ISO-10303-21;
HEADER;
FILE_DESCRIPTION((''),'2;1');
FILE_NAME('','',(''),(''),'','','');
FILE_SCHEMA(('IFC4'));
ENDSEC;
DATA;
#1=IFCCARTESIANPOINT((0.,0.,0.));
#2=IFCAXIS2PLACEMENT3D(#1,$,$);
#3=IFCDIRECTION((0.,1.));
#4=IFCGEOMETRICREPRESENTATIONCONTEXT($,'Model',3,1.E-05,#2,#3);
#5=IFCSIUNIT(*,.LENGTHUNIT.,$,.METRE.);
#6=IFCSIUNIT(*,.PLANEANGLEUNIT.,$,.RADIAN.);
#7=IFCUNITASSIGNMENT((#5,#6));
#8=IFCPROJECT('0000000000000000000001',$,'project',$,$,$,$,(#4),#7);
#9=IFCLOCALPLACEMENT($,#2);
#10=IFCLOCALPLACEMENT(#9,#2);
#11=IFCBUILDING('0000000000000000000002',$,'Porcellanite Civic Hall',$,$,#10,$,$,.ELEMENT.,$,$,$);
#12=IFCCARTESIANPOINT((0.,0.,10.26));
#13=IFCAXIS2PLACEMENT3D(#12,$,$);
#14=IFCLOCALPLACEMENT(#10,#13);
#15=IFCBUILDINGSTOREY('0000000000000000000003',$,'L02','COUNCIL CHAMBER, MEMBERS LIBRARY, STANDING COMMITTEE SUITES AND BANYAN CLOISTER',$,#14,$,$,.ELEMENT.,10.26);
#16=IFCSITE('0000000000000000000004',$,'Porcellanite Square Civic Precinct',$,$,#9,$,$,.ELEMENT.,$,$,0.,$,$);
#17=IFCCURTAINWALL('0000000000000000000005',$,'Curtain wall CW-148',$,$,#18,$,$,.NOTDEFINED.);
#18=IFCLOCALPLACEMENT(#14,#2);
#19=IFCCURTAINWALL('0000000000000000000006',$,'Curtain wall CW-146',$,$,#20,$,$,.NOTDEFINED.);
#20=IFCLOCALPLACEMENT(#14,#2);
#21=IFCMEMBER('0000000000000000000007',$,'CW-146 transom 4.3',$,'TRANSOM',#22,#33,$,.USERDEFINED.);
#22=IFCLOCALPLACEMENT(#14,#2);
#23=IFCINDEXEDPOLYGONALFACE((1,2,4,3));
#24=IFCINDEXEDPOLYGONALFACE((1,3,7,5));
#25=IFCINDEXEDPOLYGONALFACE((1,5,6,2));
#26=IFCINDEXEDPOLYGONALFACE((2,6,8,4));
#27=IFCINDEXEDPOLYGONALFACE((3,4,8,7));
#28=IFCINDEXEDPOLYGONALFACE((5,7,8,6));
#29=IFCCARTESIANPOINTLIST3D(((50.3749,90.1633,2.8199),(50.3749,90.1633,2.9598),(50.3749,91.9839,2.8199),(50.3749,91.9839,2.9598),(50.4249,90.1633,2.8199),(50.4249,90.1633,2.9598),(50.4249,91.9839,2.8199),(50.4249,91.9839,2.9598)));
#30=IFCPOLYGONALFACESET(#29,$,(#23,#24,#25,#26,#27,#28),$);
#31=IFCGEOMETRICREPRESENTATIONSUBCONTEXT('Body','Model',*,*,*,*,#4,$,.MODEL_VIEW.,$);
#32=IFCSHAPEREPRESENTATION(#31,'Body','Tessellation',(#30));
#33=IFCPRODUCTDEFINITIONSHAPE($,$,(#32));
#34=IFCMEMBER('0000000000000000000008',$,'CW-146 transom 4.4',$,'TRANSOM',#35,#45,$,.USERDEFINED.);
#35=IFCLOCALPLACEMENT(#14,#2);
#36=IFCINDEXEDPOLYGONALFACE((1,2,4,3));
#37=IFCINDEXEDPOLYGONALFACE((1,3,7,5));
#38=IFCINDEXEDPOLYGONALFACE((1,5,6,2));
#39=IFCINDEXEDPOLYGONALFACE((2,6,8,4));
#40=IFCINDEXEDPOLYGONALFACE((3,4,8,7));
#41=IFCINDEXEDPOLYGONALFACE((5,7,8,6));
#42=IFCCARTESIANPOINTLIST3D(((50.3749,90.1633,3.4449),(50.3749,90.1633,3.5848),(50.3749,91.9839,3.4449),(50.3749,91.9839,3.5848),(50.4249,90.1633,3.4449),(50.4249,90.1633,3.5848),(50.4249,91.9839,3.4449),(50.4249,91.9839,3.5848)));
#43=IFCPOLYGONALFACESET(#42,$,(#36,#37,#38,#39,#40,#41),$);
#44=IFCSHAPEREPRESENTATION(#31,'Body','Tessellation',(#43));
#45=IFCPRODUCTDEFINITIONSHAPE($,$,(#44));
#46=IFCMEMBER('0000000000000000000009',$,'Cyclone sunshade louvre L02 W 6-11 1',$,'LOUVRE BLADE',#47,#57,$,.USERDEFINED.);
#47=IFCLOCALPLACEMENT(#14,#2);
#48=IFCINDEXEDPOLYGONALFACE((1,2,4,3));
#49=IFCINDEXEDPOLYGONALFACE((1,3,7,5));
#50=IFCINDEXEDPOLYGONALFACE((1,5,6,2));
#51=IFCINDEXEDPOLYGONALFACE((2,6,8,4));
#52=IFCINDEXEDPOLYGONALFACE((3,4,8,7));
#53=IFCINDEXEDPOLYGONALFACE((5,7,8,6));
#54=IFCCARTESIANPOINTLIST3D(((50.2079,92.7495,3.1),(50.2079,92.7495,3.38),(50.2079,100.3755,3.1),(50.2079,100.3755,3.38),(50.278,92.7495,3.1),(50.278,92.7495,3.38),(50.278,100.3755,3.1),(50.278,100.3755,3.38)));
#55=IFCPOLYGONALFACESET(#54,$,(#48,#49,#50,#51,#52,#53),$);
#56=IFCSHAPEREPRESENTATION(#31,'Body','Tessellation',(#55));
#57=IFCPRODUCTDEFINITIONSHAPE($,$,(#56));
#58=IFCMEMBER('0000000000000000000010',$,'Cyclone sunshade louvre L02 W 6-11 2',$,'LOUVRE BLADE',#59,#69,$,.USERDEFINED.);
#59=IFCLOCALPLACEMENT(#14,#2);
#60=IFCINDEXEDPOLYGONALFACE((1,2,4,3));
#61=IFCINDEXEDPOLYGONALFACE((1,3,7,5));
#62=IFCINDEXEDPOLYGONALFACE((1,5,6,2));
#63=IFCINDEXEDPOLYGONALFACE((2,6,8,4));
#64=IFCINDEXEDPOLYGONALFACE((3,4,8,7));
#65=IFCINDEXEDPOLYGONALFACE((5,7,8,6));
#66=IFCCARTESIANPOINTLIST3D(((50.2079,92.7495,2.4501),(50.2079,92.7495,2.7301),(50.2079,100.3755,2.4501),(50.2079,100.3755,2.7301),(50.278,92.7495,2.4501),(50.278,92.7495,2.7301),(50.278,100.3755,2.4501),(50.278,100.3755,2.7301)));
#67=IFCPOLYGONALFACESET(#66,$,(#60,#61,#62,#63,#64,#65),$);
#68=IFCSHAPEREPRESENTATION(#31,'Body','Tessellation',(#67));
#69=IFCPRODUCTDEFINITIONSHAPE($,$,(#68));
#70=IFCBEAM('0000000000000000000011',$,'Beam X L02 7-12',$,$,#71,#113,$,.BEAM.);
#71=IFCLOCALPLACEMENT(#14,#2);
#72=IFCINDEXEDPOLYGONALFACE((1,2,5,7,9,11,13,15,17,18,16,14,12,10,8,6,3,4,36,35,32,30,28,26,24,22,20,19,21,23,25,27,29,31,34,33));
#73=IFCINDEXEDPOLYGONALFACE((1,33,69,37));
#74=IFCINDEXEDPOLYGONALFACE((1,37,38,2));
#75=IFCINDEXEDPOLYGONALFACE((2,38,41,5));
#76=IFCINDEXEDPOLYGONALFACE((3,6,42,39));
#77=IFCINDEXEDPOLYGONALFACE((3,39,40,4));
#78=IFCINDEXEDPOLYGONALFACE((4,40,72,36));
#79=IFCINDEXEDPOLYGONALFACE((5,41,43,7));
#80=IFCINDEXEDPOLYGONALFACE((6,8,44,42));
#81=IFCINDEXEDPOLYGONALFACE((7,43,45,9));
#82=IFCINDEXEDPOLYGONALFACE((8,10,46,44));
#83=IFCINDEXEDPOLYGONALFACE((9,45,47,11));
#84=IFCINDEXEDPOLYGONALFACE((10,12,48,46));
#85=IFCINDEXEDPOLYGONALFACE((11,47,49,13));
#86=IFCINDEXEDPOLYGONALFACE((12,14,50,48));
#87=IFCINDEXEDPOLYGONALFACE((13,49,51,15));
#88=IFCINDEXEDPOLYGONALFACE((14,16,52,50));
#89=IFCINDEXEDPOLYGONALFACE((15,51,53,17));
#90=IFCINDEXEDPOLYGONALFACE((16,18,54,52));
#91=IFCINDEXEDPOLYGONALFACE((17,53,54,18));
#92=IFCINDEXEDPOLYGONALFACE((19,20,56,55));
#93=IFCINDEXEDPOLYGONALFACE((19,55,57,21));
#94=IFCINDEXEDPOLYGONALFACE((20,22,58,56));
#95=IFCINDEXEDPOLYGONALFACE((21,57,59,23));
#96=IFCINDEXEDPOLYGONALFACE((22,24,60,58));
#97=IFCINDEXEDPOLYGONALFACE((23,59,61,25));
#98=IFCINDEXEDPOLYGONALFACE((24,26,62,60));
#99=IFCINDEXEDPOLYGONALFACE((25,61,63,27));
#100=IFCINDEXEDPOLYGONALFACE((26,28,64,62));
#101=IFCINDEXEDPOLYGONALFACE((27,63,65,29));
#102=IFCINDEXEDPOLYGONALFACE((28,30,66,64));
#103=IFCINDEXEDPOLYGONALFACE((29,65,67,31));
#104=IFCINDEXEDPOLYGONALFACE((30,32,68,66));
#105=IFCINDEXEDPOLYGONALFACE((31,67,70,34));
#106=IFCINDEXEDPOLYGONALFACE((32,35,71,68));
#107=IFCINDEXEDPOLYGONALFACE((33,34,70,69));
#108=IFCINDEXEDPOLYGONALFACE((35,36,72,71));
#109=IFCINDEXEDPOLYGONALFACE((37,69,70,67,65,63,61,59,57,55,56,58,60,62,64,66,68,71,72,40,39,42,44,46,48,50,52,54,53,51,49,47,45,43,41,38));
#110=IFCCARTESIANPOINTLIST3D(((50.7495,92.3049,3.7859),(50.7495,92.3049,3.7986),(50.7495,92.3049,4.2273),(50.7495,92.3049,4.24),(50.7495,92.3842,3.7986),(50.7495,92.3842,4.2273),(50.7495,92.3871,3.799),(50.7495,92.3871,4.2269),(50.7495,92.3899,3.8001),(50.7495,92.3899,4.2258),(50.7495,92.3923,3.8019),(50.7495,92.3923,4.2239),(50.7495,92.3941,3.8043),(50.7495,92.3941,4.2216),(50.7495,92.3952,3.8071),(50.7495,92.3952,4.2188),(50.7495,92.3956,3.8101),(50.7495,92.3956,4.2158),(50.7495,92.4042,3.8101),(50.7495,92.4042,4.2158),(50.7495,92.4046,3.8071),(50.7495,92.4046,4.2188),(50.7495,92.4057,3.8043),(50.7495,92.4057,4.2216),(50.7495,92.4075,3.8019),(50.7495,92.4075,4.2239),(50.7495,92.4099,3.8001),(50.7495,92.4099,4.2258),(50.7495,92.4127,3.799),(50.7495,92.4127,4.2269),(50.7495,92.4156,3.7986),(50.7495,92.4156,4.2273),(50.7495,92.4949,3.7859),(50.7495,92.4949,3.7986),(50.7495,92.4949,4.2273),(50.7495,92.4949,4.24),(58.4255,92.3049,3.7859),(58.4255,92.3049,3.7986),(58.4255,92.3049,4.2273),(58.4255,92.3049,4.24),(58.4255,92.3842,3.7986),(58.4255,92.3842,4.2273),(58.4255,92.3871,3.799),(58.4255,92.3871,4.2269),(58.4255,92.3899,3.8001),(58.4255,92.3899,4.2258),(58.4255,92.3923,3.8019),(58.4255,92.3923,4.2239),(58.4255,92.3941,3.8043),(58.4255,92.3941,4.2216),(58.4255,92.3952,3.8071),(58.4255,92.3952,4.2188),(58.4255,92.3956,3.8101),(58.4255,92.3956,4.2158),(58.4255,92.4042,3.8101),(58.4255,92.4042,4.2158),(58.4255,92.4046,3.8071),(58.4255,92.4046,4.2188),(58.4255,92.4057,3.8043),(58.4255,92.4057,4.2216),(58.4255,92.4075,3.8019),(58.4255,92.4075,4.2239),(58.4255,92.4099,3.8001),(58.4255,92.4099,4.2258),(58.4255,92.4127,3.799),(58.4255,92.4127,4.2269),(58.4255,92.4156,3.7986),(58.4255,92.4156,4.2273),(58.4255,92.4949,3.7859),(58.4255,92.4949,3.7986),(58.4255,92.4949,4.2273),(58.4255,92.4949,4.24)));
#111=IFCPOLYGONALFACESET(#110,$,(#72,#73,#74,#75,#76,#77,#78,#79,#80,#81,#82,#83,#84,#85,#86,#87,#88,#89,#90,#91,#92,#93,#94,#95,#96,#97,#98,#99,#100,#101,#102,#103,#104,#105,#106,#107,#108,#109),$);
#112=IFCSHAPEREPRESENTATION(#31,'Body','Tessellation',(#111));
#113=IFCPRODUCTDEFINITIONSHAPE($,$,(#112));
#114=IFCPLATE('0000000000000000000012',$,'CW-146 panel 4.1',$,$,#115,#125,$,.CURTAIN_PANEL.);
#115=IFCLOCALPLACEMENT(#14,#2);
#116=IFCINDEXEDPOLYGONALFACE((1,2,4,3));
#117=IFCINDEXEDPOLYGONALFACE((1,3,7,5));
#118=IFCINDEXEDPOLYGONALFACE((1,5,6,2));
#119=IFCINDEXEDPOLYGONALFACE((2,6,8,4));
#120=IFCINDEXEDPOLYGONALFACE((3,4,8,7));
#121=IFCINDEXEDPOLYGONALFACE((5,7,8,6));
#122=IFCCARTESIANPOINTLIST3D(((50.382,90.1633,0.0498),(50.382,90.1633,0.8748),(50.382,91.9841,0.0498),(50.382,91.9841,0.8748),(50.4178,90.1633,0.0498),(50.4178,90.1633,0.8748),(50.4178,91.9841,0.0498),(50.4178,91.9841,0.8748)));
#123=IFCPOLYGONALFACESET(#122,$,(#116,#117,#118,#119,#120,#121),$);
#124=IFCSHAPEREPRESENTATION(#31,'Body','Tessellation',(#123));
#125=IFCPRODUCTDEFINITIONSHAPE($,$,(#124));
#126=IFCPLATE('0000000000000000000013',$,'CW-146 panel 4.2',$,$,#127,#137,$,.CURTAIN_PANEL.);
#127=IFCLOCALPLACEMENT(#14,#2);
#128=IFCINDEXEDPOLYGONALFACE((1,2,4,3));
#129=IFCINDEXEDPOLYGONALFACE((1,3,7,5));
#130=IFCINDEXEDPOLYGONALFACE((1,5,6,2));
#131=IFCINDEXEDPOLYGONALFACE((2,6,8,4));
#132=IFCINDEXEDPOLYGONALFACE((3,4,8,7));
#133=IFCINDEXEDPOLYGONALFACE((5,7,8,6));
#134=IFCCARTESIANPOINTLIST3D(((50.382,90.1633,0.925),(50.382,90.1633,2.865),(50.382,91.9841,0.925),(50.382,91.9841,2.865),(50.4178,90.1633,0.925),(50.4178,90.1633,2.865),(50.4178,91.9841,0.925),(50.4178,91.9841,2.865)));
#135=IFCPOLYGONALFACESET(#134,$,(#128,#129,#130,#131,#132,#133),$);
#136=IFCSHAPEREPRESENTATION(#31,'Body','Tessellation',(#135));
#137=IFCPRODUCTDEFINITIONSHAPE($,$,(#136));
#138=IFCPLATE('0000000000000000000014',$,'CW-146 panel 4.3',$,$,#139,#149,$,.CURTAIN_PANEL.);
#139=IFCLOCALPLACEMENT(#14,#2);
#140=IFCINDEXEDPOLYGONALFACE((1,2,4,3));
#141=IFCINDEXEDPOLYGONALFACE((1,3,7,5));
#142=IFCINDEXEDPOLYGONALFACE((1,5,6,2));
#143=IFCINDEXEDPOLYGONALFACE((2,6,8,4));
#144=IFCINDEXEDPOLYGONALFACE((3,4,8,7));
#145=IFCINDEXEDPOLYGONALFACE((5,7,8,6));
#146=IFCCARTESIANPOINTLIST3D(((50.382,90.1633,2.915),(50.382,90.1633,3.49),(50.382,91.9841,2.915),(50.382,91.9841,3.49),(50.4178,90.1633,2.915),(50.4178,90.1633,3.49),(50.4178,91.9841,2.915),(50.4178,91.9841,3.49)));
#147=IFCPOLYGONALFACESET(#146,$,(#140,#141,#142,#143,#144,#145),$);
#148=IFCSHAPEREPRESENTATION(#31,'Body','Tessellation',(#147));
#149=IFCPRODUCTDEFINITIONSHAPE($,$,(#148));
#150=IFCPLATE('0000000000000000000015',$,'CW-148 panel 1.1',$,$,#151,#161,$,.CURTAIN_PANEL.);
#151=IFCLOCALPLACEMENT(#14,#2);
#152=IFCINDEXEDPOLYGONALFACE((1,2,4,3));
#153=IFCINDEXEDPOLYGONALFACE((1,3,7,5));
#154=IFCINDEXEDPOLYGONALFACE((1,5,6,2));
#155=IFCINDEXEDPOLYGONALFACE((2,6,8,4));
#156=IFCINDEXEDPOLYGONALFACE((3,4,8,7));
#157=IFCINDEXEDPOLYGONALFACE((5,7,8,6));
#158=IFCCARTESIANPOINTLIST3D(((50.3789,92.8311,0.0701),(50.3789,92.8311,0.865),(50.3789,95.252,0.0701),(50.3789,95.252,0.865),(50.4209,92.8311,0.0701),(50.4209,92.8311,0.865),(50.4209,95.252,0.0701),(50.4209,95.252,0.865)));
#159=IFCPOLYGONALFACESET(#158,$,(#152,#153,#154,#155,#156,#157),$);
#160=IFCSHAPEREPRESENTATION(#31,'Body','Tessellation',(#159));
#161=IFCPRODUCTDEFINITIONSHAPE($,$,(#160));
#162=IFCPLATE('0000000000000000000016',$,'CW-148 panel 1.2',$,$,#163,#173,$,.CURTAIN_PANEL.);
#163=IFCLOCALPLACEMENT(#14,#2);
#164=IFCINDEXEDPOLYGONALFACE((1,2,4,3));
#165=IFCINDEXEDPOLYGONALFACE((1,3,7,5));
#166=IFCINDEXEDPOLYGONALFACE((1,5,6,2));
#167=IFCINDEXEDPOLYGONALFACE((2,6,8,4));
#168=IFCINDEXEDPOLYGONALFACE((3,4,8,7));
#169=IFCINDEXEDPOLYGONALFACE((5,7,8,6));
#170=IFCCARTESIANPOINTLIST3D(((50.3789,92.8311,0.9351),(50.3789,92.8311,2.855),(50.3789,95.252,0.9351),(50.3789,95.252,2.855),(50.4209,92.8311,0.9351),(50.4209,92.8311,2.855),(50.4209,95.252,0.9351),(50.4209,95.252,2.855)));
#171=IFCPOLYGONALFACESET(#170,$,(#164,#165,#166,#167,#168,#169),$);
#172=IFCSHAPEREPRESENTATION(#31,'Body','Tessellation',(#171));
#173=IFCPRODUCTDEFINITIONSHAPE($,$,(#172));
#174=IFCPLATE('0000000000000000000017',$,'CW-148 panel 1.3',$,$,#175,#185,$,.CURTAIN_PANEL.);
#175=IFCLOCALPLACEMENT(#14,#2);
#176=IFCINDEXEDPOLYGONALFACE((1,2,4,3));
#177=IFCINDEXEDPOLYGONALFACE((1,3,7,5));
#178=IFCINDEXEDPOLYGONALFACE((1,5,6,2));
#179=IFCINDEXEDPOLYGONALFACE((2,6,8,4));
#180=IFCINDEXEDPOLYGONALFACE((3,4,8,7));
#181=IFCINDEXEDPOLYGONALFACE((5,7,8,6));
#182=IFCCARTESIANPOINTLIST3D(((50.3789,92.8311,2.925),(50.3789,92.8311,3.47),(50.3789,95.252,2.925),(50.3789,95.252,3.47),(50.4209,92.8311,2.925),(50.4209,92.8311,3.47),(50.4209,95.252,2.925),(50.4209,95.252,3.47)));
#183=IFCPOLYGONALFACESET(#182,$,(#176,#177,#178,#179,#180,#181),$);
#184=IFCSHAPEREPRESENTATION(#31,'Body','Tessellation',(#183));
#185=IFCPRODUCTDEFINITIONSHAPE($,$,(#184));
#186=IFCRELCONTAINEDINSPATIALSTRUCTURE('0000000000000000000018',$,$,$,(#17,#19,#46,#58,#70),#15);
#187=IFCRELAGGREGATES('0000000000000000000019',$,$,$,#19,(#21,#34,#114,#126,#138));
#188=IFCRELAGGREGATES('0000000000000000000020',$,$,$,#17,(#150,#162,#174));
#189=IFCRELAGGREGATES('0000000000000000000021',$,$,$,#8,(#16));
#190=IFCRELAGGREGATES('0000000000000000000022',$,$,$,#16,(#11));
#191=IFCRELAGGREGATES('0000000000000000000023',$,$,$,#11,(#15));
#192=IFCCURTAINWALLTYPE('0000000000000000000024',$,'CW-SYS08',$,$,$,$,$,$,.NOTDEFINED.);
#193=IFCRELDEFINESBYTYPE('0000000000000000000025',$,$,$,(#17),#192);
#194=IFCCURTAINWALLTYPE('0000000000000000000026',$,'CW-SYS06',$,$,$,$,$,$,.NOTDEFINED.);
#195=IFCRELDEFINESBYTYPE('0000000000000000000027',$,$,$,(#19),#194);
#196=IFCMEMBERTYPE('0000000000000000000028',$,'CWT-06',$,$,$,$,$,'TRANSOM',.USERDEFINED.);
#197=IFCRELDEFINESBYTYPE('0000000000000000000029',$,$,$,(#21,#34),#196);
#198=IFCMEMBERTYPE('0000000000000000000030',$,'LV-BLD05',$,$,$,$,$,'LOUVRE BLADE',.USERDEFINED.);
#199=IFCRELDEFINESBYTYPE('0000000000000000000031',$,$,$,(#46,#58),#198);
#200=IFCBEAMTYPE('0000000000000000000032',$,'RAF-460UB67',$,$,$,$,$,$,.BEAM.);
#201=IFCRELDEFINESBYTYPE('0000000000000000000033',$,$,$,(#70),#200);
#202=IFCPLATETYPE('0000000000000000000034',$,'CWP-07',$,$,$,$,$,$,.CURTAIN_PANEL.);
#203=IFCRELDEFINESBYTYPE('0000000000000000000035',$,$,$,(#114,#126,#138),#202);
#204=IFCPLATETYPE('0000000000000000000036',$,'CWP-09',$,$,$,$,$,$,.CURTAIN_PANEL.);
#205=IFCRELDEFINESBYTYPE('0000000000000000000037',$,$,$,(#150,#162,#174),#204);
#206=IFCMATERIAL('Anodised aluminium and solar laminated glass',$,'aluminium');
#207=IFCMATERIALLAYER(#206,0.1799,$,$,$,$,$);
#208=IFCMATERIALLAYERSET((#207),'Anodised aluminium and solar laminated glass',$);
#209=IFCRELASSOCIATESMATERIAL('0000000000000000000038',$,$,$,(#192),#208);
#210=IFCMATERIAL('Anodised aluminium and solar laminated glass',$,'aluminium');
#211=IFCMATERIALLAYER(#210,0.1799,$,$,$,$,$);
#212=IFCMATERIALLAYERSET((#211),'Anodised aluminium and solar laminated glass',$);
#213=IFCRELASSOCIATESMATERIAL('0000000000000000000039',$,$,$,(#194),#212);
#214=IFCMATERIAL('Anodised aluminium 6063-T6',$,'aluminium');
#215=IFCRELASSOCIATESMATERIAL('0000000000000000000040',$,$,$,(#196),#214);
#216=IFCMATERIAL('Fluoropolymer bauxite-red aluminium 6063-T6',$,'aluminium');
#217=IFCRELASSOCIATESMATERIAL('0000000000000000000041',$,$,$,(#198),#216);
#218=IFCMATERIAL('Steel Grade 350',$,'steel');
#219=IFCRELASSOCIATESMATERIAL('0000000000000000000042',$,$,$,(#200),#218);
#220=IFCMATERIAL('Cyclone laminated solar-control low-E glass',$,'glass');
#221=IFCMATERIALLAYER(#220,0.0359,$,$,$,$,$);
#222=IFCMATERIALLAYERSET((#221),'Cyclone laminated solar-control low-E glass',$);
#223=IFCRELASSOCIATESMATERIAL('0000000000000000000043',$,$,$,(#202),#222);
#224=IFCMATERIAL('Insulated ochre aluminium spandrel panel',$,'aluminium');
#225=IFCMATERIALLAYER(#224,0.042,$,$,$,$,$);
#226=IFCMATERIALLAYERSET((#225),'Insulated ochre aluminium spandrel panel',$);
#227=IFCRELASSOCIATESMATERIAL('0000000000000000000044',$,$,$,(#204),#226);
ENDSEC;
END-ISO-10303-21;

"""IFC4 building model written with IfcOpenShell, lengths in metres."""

from ifc_helpers import new_model, si_unit, direction, frame, origin, origin_2d, place, context, subcontext, project, spatial, rectangle, i_section, extrude, material, layer, layer_set, material_profile, profile_set, type_object, element, aggregate, save


model = new_model("IFC4")

# Units and contexts
model_context = context("Model", 3, precision=1e-05, world=origin(), true_north=direction((0.0, 1.0)))
body_context = subcontext(model_context, "Body", "Model", "MODEL_VIEW")
ifc_project = project(units=[si_unit("LENGTHUNIT", "METRE"), si_unit("PLANEANGLEUNIT", "RADIAN")], contexts=[model_context])

# Site, building, storey
site_placement = place(None, origin())
site = spatial("IfcSite", under=ifc_project, at=site_placement, Name="Porcellanite Square Civic Precinct", CompositionType="ELEMENT", RefElevation=0.0)
building_placement = place(site_placement, origin())
building = spatial("IfcBuilding", under=site, at=building_placement, Name="Porcellanite Civic Hall", CompositionType="ELEMENT")
storey_placement = place(building_placement, frame((0.0, 0.0, 10.26)))
storey = spatial("IfcBuildingStorey", under=building, at=storey_placement, Name="L02", Description="COUNCIL CHAMBER, MEMBERS LIBRARY, STANDING COMMITTEE SUITES AND BANYAN CLOISTER", CompositionType="ELEMENT", Elevation=10.26)

# Curtain walls
ifc_material_1 = material(Name="Anodised aluminium and solar laminated glass", Category="aluminium")
ifc_layer_1 = layer(ifc_material_1, 0.1799)
ifc_layer_set_1 = layer_set([ifc_layer_1], Name="Anodised aluminium and solar laminated glass")
curtain_wall_type_1 = type_object("IfcCurtainWallType", Name="CW-SYS08", PredefinedType="NOTDEFINED", material=ifc_layer_set_1)
curtain_wall_1_placement = place(storey_placement, origin())
curtain_wall_1 = element("IfcCurtainWall", 1, at=curtain_wall_1_placement, inside=storey, type_object=curtain_wall_type_1, Name="Curtain wall CW-148", PredefinedType="NOTDEFINED")
ifc_material_2 = material(Name="Anodised aluminium and solar laminated glass", Category="aluminium")
ifc_layer_2 = layer(ifc_material_2, 0.1799)
ifc_layer_set_2 = layer_set([ifc_layer_2], Name="Anodised aluminium and solar laminated glass")
curtain_wall_type_2 = type_object("IfcCurtainWallType", Name="CW-SYS06", PredefinedType="NOTDEFINED", material=ifc_layer_set_2)
curtain_wall_2_placement = place(storey_placement, origin())
curtain_wall_2 = element("IfcCurtainWall", 2, at=curtain_wall_2_placement, inside=storey, type_object=curtain_wall_type_2, Name="Curtain wall CW-146", PredefinedType="NOTDEFINED")

# Members
ifc_material_3 = material(Name="Anodised aluminium 6063-T6", Category="aluminium")
ifc_material_profile_1 = material_profile(ifc_material_3, rectangle(XDim=0.05, YDim=0.1399, at=origin_2d()), Name="AL-50x140")
ifc_profile_set_1 = profile_set([ifc_material_profile_1], Name="Anodised aluminium 6063-T6")
member_type_1 = type_object("IfcMemberType", Name="CWT-06", ElementType="TRANSOM", PredefinedType="USERDEFINED", material=ifc_profile_set_1)
member_1_placement = place(storey_placement, frame((50.3999, 90.1633, 2.8899), z_axis=(0.0, 1.0, 0.0), x_axis=(-1.0, 0.0, 0.0)))
member_1 = element("IfcMember", 3, at=member_1_placement, type_object=member_type_1, Name="CW-146 transom 4.3", ObjectType="TRANSOM", PredefinedType="USERDEFINED", context=body_context, shape_type="SweptSolid", body=[
    extrude(rectangle(XDim=0.05, YDim=0.1399, at=origin_2d()), origin(), (0.0, 0.0, 1.0), 1.8206),
])
member_2_placement = place(storey_placement, frame((50.3999, 90.1633, 3.5149), z_axis=(0.0, 1.0, 0.0), x_axis=(-1.0, 0.0, 0.0)))
member_2 = element("IfcMember", 4, at=member_2_placement, type_object=member_type_1, Name="CW-146 transom 4.4", ObjectType="TRANSOM", PredefinedType="USERDEFINED", context=body_context, shape_type="SweptSolid", body=[
    extrude(rectangle(XDim=0.05, YDim=0.1399, at=origin_2d()), origin(), (0.0, 0.0, 1.0), 1.8206),
])

# Members
ifc_material_4 = material(Name="Fluoropolymer bauxite-red aluminium 6063-T6", Category="aluminium")
ifc_material_profile_2 = material_profile(ifc_material_4, rectangle(XDim=0.0701, YDim=0.28, at=origin_2d()), Name="AL-70x280")
ifc_profile_set_2 = profile_set([ifc_material_profile_2], Name="Fluoropolymer bauxite-red aluminium 6063-T6")
member_type_2 = type_object("IfcMemberType", Name="LV-BLD05", ElementType="LOUVRE BLADE", PredefinedType="USERDEFINED", material=ifc_profile_set_2)
for number, where, z_axis, x_axis, name in (
    (5, (50.2429, 92.7495, 3.24), (0.0, 1.0, 0.0), (-1.0, 0.0, 0.0), "Cyclone sunshade louvre L02 W 6-11 1"),
    (6, (50.2429, 92.7495, 2.5901), (0.0, 1.0, 0.0), (-1.0, 0.0, 0.0), "Cyclone sunshade louvre L02 W 6-11 2"),
):
    element("IfcMember", number, at=place(storey_placement, frame(where, z_axis=z_axis, x_axis=x_axis)), inside=storey, type_object=member_type_2, Name=name, ObjectType="LOUVRE BLADE", PredefinedType="USERDEFINED", context=body_context, shape_type="SweptSolid", body=[
        extrude(rectangle(XDim=0.0701, YDim=0.28, at=origin_2d()), origin(), (0.0, 0.0, 1.0), 7.626),
    ])

# Beam
ifc_material_5 = material(Name="Steel Grade 350", Category="steel")
ifc_material_profile_3 = material_profile(ifc_material_5, i_section(OverallWidth=0.1899, OverallDepth=0.4541, WebThickness=0.0085, FlangeThickness=0.0127, FilletRadius=0.0115, at=origin_2d()), Name="460UB67.1")
ifc_profile_set_3 = profile_set([ifc_material_profile_3], Name="Steel Grade 350")
beam_type_1 = type_object("IfcBeamType", Name="RAF-460UB67", PredefinedType="BEAM", material=ifc_profile_set_3)
beam_1_placement = place(storey_placement, frame((50.7495, 92.3999, 4.0129), z_axis=(1.0, 0.0, 0.0), x_axis=(0.0, 1.0, 0.0)))
element("IfcBeam", 7, at=beam_1_placement, inside=storey, type_object=beam_type_1, Name="Beam X L02 7-12", PredefinedType="BEAM", context=body_context, shape_type="SweptSolid", body=[
    extrude(i_section(OverallWidth=0.1899, OverallDepth=0.4541, WebThickness=0.0085, FlangeThickness=0.0127, FilletRadius=0.0115, at=origin_2d()), origin(), (0.0, 0.0, 1.0), 7.676),
])

# Plates
ifc_material_6 = material(Name="Cyclone laminated solar-control low-E glass", Category="glass")
ifc_layer_3 = layer(ifc_material_6, 0.0359)
ifc_layer_set_3 = layer_set([ifc_layer_3], Name="Cyclone laminated solar-control low-E glass")
plate_type_1 = type_object("IfcPlateType", Name="CWP-07", PredefinedType="CURTAIN_PANEL", material=ifc_layer_set_3)
plate_1_placement = place(storey_placement, frame((50.3999, 91.0737, 0.0498), z_axis=(0.0, 0.0, 1.0), x_axis=(0.0, 1.0, 0.0)))
plate_1 = element("IfcPlate", 8, at=plate_1_placement, type_object=plate_type_1, Name="CW-146 panel 4.1", PredefinedType="CURTAIN_PANEL", context=body_context, shape_type="SweptSolid", body=[
    extrude(rectangle(XDim=1.8208, YDim=0.0359, at=origin_2d()), origin(), (0.0, 0.0, 1.0), 0.825),
])
plate_2_placement = place(storey_placement, frame((50.3999, 91.0737, 0.925), z_axis=(0.0, 0.0, 1.0), x_axis=(0.0, 1.0, 0.0)))
plate_2 = element("IfcPlate", 9, at=plate_2_placement, type_object=plate_type_1, Name="CW-146 panel 4.2", PredefinedType="CURTAIN_PANEL", context=body_context, shape_type="SweptSolid", body=[
    extrude(rectangle(XDim=1.8208, YDim=0.0359, at=origin_2d()), origin(), (0.0, 0.0, 1.0), 1.9399),
])
plate_3_placement = place(storey_placement, frame((50.3999, 91.0737, 2.915), z_axis=(0.0, 0.0, 1.0), x_axis=(0.0, 1.0, 0.0)))
plate_3 = element("IfcPlate", 10, at=plate_3_placement, type_object=plate_type_1, Name="CW-146 panel 4.3", PredefinedType="CURTAIN_PANEL", context=body_context, shape_type="SweptSolid", body=[
    extrude(rectangle(XDim=1.8208, YDim=0.0359, at=origin_2d()), origin(), (0.0, 0.0, 1.0), 0.575),
])
aggregate(curtain_wall_2, [member_1, member_2, plate_1, plate_2, plate_3])
ifc_material_7 = material(Name="Insulated ochre aluminium spandrel panel", Category="aluminium")
ifc_layer_4 = layer(ifc_material_7, 0.042)
ifc_layer_set_4 = layer_set([ifc_layer_4], Name="Insulated ochre aluminium spandrel panel")
plate_type_2 = type_object("IfcPlateType", Name="CWP-09", PredefinedType="CURTAIN_PANEL", material=ifc_layer_set_4)
plate_4_placement = place(storey_placement, frame((50.3999, 94.0415, 0.0701), z_axis=(0.0, 0.0, 1.0), x_axis=(0.0, 1.0, 0.0)))
plate_4 = element("IfcPlate", 11, at=plate_4_placement, type_object=plate_type_2, Name="CW-148 panel 1.1", PredefinedType="CURTAIN_PANEL", context=body_context, shape_type="SweptSolid", body=[
    extrude(rectangle(XDim=2.4209, YDim=0.042, at=origin_2d()), origin(), (0.0, 0.0, 1.0), 0.7949),
])
plate_5_placement = place(storey_placement, frame((50.3999, 94.0415, 0.9351), z_axis=(0.0, 0.0, 1.0), x_axis=(0.0, 1.0, 0.0)))
plate_5 = element("IfcPlate", 12, at=plate_5_placement, type_object=plate_type_2, Name="CW-148 panel 1.2", PredefinedType="CURTAIN_PANEL", context=body_context, shape_type="SweptSolid", body=[
    extrude(rectangle(XDim=2.4209, YDim=0.042, at=origin_2d()), origin(), (0.0, 0.0, 1.0), 1.9199),
])
plate_6_placement = place(storey_placement, frame((50.3999, 94.0415, 2.925), z_axis=(0.0, 0.0, 1.0), x_axis=(0.0, 1.0, 0.0)))
plate_6 = element("IfcPlate", 13, at=plate_6_placement, type_object=plate_type_2, Name="CW-148 panel 1.3", PredefinedType="CURTAIN_PANEL", context=body_context, shape_type="SweptSolid", body=[
    extrude(rectangle(XDim=2.4209, YDim=0.042, at=origin_2d()), origin(), (0.0, 0.0, 1.0), 0.5449),
])
aggregate(curtain_wall_1, [plate_4, plate_5, plate_6])

save(model, "model.ifc")
